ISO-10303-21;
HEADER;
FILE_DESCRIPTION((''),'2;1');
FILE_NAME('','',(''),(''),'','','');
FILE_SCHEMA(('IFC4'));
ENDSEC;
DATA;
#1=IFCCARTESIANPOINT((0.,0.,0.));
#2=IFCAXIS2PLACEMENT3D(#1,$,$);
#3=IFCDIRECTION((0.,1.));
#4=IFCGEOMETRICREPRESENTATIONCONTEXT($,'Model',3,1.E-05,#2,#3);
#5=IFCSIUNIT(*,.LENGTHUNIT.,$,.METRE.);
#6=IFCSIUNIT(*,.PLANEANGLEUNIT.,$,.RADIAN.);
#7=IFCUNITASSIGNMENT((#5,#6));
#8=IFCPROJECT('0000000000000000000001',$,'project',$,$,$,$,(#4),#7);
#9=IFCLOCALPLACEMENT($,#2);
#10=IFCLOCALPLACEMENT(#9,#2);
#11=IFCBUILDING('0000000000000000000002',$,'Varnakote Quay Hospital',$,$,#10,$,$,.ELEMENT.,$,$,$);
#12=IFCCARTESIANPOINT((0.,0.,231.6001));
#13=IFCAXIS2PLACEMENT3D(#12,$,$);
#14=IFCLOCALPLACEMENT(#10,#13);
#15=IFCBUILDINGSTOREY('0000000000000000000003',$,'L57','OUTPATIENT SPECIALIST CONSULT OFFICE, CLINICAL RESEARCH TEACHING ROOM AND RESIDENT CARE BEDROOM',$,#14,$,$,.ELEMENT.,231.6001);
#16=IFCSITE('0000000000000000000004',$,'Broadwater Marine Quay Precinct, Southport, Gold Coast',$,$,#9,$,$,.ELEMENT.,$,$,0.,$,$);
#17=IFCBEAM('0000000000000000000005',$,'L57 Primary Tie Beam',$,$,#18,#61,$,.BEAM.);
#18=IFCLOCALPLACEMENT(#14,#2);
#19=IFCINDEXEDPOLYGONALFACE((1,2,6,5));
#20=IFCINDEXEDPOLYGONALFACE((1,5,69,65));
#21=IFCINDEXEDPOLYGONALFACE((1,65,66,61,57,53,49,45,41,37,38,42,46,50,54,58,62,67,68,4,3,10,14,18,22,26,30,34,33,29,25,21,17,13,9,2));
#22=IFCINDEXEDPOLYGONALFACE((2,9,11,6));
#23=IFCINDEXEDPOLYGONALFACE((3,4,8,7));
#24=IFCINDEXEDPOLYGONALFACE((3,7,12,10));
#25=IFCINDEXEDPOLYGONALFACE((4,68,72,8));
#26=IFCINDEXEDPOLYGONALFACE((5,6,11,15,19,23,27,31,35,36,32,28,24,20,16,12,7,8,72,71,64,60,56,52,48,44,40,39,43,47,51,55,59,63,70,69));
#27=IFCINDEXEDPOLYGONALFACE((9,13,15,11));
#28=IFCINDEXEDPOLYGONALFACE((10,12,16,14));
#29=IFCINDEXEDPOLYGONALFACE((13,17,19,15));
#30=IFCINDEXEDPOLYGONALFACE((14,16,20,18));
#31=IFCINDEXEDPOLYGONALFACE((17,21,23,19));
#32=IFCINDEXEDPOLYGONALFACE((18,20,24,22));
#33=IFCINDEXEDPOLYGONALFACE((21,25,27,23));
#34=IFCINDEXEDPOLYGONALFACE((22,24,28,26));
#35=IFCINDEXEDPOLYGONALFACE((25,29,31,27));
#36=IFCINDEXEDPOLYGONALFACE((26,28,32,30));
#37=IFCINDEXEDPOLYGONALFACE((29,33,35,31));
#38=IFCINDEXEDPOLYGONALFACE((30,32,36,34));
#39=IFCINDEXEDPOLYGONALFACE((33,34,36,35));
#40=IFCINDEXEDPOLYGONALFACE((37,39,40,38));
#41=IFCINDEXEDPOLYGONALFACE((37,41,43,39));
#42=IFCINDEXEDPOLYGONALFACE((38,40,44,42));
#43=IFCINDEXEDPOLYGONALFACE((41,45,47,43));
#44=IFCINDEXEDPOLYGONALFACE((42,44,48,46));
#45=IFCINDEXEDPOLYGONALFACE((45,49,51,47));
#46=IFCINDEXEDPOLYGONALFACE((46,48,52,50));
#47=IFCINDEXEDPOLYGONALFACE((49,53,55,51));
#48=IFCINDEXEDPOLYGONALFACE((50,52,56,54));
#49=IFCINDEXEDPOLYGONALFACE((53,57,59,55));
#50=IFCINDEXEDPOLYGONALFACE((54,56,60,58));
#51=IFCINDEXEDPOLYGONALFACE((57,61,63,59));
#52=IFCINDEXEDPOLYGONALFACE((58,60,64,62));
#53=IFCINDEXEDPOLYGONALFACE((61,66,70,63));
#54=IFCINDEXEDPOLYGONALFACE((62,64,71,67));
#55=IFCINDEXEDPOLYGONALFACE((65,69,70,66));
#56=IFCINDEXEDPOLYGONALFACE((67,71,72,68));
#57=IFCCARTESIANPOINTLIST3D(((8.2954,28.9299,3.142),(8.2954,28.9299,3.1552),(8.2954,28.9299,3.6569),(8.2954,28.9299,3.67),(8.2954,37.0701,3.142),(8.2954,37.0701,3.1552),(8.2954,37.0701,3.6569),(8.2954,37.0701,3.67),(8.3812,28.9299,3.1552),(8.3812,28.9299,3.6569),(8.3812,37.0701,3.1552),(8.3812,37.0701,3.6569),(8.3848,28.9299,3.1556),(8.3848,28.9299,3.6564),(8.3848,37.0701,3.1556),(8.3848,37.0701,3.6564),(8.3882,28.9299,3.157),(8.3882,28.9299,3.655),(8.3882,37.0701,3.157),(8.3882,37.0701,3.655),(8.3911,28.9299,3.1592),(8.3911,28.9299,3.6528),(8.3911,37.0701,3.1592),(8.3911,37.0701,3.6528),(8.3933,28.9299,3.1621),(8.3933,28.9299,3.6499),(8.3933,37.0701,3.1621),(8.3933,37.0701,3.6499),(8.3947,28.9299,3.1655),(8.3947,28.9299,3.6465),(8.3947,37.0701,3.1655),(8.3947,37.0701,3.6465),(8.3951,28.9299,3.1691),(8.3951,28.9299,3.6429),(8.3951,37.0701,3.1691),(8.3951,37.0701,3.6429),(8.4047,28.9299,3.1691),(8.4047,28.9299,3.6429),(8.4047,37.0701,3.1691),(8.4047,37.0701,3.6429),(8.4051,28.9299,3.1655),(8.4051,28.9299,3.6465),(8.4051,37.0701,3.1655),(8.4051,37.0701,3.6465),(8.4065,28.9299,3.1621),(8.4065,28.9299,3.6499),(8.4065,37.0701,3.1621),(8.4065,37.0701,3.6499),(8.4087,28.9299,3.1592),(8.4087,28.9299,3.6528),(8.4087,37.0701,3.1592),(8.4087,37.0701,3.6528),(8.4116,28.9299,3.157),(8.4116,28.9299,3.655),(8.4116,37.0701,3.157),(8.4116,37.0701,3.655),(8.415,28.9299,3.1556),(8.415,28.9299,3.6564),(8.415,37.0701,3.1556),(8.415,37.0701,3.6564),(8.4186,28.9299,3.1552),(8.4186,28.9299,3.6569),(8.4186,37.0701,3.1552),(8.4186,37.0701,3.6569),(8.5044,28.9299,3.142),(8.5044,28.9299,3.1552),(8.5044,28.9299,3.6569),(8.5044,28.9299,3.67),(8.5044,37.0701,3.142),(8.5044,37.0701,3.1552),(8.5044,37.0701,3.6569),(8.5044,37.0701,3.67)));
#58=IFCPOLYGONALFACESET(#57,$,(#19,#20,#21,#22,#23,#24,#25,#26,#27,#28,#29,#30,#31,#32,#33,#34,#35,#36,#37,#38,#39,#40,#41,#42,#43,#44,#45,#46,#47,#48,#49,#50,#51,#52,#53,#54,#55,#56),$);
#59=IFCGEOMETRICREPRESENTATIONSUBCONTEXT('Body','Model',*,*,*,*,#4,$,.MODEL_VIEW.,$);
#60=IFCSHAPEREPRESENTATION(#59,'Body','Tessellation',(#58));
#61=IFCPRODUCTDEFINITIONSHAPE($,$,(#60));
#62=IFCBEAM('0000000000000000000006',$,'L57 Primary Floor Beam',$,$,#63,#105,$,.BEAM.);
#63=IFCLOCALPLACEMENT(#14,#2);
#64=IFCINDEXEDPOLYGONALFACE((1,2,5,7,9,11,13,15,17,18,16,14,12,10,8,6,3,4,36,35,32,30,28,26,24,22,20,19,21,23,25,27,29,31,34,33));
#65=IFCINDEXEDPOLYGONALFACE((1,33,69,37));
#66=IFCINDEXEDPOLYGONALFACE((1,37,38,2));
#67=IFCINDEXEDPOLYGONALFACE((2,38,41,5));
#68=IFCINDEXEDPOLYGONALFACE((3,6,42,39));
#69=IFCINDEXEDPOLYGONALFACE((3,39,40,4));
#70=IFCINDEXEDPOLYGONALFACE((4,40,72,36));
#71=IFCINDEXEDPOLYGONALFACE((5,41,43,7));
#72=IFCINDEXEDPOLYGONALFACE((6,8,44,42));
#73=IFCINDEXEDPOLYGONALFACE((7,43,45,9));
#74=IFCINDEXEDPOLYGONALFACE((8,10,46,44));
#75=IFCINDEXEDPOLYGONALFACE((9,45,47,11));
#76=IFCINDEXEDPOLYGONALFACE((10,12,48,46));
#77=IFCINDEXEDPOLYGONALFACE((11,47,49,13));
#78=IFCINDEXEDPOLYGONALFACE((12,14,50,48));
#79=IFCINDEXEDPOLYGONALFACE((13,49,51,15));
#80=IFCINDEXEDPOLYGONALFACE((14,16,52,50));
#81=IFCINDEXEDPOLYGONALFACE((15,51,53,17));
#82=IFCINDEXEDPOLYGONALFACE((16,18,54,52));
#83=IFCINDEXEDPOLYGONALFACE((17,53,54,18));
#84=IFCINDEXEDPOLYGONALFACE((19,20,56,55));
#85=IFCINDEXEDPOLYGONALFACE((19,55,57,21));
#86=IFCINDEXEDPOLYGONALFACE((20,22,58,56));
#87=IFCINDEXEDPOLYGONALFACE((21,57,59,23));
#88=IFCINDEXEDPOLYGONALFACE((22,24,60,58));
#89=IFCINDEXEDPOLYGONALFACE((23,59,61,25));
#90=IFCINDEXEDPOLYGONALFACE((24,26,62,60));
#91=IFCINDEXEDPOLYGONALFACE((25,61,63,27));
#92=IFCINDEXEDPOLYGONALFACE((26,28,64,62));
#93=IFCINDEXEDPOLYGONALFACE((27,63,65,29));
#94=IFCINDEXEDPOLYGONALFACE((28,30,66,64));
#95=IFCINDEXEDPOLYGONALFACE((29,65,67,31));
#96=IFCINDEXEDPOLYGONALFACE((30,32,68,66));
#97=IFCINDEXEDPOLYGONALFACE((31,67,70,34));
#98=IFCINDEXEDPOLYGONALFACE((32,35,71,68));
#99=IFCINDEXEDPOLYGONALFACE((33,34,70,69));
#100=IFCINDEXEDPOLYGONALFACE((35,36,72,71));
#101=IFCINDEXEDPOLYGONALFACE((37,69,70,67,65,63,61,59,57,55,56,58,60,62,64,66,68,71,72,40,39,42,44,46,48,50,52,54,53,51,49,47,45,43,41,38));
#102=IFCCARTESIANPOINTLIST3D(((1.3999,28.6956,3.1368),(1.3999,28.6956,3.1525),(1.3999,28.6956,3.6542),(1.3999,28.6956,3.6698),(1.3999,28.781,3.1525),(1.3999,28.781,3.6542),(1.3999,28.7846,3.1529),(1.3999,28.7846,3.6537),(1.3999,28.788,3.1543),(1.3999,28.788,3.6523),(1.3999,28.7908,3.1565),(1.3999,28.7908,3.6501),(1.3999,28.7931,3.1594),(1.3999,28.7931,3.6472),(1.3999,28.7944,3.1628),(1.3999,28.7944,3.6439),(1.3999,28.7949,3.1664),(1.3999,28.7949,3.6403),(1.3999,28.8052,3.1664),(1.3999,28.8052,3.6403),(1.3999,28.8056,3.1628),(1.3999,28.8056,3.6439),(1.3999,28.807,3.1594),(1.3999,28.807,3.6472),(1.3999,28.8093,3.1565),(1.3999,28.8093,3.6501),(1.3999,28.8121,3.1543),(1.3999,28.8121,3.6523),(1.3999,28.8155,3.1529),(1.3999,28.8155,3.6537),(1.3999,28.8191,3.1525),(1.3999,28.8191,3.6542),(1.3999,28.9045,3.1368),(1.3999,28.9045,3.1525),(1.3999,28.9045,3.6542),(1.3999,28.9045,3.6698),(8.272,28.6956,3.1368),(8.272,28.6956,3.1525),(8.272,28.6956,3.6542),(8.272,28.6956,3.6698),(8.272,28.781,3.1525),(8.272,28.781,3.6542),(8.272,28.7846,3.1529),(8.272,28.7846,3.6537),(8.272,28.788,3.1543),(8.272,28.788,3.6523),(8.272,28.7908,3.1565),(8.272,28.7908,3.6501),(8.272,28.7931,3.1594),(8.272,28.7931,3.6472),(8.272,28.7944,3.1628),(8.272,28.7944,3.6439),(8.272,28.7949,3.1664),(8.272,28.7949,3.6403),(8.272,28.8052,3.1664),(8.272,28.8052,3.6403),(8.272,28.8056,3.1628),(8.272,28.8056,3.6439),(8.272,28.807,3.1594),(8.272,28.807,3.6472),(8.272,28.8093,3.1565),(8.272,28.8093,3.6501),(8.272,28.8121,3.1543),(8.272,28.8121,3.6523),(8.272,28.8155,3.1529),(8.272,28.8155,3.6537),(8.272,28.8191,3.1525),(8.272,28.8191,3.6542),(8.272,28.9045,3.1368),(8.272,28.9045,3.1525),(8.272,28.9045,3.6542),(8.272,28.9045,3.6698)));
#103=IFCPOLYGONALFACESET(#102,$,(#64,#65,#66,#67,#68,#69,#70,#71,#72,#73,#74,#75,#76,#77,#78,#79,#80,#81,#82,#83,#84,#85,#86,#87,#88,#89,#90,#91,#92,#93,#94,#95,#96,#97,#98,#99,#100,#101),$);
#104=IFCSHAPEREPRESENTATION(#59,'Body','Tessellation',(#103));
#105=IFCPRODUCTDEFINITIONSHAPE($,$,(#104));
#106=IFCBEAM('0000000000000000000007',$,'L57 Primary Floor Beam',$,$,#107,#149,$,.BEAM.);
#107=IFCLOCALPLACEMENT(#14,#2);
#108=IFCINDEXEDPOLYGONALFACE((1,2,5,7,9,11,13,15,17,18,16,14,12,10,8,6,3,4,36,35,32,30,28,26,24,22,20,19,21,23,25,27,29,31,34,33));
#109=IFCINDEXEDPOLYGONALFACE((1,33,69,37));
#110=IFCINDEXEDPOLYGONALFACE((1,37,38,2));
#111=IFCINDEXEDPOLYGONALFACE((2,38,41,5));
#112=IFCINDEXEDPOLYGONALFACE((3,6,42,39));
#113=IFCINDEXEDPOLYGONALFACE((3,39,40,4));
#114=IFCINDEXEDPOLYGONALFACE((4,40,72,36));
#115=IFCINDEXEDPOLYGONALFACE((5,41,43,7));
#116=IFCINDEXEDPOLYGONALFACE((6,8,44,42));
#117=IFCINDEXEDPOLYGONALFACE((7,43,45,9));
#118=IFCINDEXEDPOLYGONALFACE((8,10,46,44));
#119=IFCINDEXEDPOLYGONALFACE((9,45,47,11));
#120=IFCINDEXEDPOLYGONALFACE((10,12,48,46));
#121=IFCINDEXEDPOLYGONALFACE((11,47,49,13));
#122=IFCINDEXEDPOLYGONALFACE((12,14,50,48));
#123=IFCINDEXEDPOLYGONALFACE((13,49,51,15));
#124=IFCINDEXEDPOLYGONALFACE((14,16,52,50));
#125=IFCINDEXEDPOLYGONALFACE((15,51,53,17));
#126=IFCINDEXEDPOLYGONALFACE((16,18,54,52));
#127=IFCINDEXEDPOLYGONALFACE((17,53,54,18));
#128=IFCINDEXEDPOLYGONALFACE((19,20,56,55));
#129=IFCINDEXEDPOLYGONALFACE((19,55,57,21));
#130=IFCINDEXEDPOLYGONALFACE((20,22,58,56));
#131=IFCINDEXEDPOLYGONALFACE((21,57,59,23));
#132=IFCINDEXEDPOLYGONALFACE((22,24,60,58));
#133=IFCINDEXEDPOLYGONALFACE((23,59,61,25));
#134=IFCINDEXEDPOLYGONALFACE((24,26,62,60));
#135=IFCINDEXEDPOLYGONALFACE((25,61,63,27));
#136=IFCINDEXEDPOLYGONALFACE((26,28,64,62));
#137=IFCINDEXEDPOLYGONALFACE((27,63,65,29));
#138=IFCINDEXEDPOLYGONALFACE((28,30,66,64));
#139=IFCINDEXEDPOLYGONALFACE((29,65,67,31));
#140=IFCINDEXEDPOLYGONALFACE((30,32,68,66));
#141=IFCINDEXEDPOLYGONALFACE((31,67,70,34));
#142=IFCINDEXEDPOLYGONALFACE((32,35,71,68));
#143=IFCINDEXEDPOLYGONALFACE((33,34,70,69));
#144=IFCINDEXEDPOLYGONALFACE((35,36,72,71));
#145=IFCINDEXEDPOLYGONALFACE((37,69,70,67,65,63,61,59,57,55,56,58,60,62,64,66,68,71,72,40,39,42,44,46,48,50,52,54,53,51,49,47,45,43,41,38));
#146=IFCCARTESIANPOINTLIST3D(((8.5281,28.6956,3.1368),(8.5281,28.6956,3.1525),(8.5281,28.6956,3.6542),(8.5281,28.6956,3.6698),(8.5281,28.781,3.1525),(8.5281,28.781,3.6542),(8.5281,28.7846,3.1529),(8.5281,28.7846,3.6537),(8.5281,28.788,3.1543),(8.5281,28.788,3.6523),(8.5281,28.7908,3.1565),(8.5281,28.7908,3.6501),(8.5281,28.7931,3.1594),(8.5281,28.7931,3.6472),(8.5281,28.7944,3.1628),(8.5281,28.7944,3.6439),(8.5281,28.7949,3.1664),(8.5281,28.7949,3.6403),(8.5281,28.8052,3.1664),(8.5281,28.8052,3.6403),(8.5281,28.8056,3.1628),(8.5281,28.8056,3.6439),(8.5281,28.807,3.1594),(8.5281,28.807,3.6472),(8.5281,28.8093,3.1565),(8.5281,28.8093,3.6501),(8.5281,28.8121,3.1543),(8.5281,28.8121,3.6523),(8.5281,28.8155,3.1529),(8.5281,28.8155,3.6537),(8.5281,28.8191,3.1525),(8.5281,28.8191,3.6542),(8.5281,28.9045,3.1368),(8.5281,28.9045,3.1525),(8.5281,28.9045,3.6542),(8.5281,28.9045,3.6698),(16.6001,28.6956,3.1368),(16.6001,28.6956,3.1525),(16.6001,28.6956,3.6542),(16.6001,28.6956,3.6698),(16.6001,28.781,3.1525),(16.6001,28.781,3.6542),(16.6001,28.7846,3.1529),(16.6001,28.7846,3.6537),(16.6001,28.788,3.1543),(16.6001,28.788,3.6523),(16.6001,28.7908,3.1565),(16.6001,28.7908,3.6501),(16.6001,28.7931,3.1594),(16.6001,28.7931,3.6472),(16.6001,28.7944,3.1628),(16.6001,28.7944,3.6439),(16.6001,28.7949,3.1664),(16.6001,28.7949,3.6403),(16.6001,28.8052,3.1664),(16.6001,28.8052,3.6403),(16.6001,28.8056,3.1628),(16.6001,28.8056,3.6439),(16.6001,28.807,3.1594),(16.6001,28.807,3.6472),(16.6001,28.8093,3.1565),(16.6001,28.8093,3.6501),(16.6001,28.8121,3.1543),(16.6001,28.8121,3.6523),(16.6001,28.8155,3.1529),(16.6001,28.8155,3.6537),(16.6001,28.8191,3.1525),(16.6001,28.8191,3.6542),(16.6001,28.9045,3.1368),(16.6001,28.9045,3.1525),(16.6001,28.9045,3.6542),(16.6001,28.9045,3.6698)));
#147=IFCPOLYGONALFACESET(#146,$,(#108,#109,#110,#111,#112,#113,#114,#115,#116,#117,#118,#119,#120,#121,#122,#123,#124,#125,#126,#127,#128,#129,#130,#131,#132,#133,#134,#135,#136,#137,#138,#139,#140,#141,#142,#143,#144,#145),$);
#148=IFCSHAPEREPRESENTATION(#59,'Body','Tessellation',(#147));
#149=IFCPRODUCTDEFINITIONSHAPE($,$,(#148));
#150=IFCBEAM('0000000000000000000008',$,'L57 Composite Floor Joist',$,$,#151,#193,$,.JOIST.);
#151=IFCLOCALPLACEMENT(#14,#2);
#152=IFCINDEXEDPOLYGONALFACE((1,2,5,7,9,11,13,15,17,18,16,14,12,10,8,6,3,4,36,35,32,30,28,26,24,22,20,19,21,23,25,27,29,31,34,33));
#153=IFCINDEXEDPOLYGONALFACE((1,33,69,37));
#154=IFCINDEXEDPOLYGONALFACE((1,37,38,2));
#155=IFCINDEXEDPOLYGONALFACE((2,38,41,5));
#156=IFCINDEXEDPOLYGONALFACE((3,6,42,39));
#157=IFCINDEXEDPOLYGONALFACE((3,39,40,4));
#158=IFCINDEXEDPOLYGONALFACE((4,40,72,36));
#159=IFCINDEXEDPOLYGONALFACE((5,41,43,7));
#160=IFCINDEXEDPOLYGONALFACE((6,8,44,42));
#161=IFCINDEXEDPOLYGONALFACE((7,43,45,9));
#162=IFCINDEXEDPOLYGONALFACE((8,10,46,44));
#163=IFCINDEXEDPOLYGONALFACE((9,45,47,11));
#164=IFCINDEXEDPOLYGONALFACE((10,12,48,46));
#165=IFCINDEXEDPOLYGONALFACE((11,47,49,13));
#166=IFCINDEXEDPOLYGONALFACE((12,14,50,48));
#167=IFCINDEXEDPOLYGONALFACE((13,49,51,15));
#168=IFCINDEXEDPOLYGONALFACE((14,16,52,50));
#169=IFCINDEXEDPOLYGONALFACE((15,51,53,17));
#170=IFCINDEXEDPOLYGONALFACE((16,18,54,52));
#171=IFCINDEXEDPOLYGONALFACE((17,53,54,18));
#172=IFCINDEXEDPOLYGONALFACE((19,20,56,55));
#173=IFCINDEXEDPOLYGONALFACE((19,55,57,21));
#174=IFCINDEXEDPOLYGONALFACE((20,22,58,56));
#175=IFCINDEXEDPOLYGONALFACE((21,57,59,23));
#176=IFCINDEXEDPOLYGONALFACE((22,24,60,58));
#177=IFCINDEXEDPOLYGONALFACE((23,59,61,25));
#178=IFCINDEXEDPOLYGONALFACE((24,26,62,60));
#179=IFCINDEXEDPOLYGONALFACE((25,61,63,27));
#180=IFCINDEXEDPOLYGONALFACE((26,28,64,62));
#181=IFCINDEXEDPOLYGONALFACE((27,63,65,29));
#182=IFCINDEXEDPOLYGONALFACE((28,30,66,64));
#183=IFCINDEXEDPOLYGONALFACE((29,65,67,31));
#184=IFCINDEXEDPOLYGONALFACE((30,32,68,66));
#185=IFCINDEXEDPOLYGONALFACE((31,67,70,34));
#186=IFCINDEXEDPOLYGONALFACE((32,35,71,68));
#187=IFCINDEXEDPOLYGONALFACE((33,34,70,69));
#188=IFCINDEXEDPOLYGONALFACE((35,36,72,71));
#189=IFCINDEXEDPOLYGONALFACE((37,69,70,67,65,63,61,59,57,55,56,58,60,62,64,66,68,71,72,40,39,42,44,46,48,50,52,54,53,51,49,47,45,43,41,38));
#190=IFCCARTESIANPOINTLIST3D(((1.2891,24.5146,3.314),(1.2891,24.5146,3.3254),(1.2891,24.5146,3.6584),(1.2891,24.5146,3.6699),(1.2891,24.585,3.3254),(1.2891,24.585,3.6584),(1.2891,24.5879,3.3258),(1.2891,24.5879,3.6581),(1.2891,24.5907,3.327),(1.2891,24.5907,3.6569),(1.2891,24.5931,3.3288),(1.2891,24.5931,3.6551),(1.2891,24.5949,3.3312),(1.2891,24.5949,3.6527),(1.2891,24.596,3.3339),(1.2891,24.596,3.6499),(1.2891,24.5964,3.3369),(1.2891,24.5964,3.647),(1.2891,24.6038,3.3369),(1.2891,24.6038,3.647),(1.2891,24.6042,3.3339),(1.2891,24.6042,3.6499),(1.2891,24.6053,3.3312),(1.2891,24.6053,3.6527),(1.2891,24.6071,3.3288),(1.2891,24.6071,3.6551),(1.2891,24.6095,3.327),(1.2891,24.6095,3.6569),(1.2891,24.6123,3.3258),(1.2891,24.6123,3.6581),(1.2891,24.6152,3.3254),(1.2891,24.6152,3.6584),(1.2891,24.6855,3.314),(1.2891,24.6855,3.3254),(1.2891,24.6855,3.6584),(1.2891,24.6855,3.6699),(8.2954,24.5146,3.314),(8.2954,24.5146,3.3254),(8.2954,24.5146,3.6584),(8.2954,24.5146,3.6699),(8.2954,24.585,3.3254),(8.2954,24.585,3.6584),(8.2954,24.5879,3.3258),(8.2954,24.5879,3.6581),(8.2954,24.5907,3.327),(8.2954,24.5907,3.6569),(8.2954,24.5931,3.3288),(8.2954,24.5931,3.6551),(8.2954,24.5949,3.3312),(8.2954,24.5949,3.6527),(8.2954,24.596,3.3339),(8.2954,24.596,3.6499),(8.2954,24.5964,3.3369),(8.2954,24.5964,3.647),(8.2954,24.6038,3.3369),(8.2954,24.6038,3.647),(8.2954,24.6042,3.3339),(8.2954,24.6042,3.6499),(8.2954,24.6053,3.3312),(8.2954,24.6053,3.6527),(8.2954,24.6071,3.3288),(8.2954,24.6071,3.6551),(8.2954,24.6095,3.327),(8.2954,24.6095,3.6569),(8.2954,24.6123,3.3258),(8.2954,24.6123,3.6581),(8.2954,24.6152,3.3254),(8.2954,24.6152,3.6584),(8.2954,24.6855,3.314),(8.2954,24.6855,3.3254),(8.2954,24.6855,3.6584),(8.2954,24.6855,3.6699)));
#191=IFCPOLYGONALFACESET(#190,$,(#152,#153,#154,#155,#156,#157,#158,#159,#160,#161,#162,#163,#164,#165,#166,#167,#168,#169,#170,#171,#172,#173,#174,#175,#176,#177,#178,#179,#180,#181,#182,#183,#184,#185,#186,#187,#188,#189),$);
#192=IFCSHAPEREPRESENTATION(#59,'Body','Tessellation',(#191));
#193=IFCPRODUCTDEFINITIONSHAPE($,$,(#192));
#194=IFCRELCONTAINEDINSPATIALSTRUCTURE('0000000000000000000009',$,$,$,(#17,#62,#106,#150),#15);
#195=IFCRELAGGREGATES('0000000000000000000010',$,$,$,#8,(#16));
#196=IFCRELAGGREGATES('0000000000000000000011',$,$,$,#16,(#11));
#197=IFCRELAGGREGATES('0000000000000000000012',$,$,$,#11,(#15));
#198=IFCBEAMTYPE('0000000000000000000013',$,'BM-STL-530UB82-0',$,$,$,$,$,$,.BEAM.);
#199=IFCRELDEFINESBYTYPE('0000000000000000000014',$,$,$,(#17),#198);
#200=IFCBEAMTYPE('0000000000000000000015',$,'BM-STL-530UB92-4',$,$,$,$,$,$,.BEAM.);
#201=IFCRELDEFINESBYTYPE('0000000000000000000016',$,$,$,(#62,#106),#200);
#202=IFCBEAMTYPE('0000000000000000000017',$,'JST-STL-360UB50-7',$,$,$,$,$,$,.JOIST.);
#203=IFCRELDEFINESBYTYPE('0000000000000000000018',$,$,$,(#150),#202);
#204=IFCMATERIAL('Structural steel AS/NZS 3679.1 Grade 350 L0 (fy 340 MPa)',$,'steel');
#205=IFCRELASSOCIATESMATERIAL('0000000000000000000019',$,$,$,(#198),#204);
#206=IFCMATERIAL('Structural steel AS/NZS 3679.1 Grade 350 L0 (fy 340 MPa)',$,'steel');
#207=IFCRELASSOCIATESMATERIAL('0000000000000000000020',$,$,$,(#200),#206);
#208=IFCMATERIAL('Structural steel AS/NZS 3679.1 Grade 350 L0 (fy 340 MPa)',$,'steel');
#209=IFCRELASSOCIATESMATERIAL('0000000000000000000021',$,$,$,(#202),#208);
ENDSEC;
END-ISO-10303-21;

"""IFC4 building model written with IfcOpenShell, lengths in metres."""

from ifc_helpers import new_model, si_unit, direction, frame, origin, origin_2d, place, context, subcontext, project, spatial, i_section, extrude, material, material_profile, profile_set, type_object, element, save


model = new_model("IFC4")

# Units and contexts
model_context = context("Model", 3, precision=1e-05, world=origin(), true_north=direction((0.0, 1.0)))
body_context = subcontext(model_context, "Body", "Model", "MODEL_VIEW")
ifc_project = project(units=[si_unit("LENGTHUNIT", "METRE"), si_unit("PLANEANGLEUNIT", "RADIAN")], contexts=[model_context])

# Site, building, storey
site_placement = place(None, origin())
site = spatial("IfcSite", under=ifc_project, at=site_placement, Name="Broadwater Marine Quay Precinct, Southport, Gold Coast", CompositionType="ELEMENT", RefElevation=0.0)
building_placement = place(site_placement, origin())
building = spatial("IfcBuilding", under=site, at=building_placement, Name="Varnakote Quay Hospital", CompositionType="ELEMENT")
storey_placement = place(building_placement, frame((0.0, 0.0, 231.6001)))
storey = spatial("IfcBuildingStorey", under=building, at=storey_placement, Name="L57", Description="OUTPATIENT SPECIALIST CONSULT OFFICE, CLINICAL RESEARCH TEACHING ROOM AND RESIDENT CARE BEDROOM", CompositionType="ELEMENT", Elevation=231.6001)

# Beams
ifc_material_1 = material(Name="Structural steel AS/NZS 3679.1 Grade 350 L0 (fy 340 MPa)", Category="steel")
ifc_material_profile_1 = material_profile(ifc_material_1, i_section(OverallWidth=0.209, OverallDepth=0.5281, WebThickness=0.0095, FlangeThickness=0.0132, FilletRadius=0.0139, at=origin_2d()), Name="530UB82.0")
ifc_profile_set_1 = profile_set([ifc_material_profile_1], Name="Structural steel AS/NZS 3679.1 Grade 350 L0 (fy 340 MPa)")
beam_type_1 = type_object("IfcBeamType", Name="BM-STL-530UB82-0", PredefinedType="BEAM", material=ifc_profile_set_1)
beam_1_placement = place(storey_placement, frame((8.3999, 28.9299, 3.406), z_axis=(0.0, 1.0, 0.0), x_axis=(-1.0, 0.0, 0.0)))
element("IfcBeam", 1, at=beam_1_placement, inside=storey, type_object=beam_type_1, Name="L57 Primary Tie Beam", PredefinedType="BEAM", context=body_context, shape_type="SweptSolid", body=[
    extrude(i_section(OverallWidth=0.209, OverallDepth=0.5281, WebThickness=0.0095, FlangeThickness=0.0132, FilletRadius=0.0139, at=origin_2d()), origin(), (0.0, 0.0, 1.0), 8.1401),
])
ifc_material_2 = material(Name="Structural steel AS/NZS 3679.1 Grade 350 L0 (fy 340 MPa)", Category="steel")
ifc_material_profile_2 = material_profile(ifc_material_2, i_section(OverallWidth=0.209, OverallDepth=0.533, WebThickness=0.0103, FlangeThickness=0.0156, FilletRadius=0.0139, at=origin_2d()), Name="530UB92.4")
ifc_profile_set_2 = profile_set([ifc_material_profile_2], Name="Structural steel AS/NZS 3679.1 Grade 350 L0 (fy 340 MPa)")
beam_type_2 = type_object("IfcBeamType", Name="BM-STL-530UB92-4", PredefinedType="BEAM", material=ifc_profile_set_2)
beam_2_placement = place(storey_placement, frame((1.3999, 28.8, 3.4033), z_axis=(1.0, 0.0, 0.0), x_axis=(0.0, 1.0, 0.0)))
element("IfcBeam", 2, at=beam_2_placement, inside=storey, type_object=beam_type_2, Name="L57 Primary Floor Beam", PredefinedType="BEAM", context=body_context, shape_type="SweptSolid", body=[
    extrude(i_section(OverallWidth=0.209, OverallDepth=0.533, WebThickness=0.0103, FlangeThickness=0.0156, FilletRadius=0.0139, at=origin_2d()), origin(), (0.0, 0.0, 1.0), 6.8721),
])
beam_3_placement = place(storey_placement, frame((8.5281, 28.8, 3.4033), z_axis=(1.0, 0.0, 0.0), x_axis=(0.0, 1.0, 0.0)))
element("IfcBeam", 3, at=beam_3_placement, inside=storey, type_object=beam_type_2, Name="L57 Primary Floor Beam", PredefinedType="BEAM", context=body_context, shape_type="SweptSolid", body=[
    extrude(i_section(OverallWidth=0.209, OverallDepth=0.533, WebThickness=0.0103, FlangeThickness=0.0156, FilletRadius=0.0139, at=origin_2d()), origin(), (0.0, 0.0, 1.0), 8.072),
])
ifc_material_3 = material(Name="Structural steel AS/NZS 3679.1 Grade 350 L0 (fy 340 MPa)", Category="steel")
ifc_material_profile_3 = material_profile(ifc_material_3, i_section(OverallWidth=0.1709, OverallDepth=0.356, WebThickness=0.0073, FlangeThickness=0.0115, FilletRadius=0.0115, at=origin_2d()), Name="360UB50.7")
ifc_profile_set_3 = profile_set([ifc_material_profile_3], Name="Structural steel AS/NZS 3679.1 Grade 350 L0 (fy 340 MPa)")
beam_type_3 = type_object("IfcBeamType", Name="JST-STL-360UB50-7", PredefinedType="JOIST", material=ifc_profile_set_3)
beam_4_placement = place(storey_placement, frame((1.2891, 24.6001, 3.4919), z_axis=(1.0, 0.0, 0.0), x_axis=(0.0, 1.0, 0.0)))
element("IfcBeam", 4, at=beam_4_placement, inside=storey, type_object=beam_type_3, Name="L57 Composite Floor Joist", PredefinedType="JOIST", context=body_context, shape_type="SweptSolid", body=[
    extrude(i_section(OverallWidth=0.1709, OverallDepth=0.356, WebThickness=0.0073, FlangeThickness=0.0115, FilletRadius=0.0115, at=origin_2d()), origin(), (0.0, 0.0, 1.0), 7.0063),
])

save(model, "model.ifc")
